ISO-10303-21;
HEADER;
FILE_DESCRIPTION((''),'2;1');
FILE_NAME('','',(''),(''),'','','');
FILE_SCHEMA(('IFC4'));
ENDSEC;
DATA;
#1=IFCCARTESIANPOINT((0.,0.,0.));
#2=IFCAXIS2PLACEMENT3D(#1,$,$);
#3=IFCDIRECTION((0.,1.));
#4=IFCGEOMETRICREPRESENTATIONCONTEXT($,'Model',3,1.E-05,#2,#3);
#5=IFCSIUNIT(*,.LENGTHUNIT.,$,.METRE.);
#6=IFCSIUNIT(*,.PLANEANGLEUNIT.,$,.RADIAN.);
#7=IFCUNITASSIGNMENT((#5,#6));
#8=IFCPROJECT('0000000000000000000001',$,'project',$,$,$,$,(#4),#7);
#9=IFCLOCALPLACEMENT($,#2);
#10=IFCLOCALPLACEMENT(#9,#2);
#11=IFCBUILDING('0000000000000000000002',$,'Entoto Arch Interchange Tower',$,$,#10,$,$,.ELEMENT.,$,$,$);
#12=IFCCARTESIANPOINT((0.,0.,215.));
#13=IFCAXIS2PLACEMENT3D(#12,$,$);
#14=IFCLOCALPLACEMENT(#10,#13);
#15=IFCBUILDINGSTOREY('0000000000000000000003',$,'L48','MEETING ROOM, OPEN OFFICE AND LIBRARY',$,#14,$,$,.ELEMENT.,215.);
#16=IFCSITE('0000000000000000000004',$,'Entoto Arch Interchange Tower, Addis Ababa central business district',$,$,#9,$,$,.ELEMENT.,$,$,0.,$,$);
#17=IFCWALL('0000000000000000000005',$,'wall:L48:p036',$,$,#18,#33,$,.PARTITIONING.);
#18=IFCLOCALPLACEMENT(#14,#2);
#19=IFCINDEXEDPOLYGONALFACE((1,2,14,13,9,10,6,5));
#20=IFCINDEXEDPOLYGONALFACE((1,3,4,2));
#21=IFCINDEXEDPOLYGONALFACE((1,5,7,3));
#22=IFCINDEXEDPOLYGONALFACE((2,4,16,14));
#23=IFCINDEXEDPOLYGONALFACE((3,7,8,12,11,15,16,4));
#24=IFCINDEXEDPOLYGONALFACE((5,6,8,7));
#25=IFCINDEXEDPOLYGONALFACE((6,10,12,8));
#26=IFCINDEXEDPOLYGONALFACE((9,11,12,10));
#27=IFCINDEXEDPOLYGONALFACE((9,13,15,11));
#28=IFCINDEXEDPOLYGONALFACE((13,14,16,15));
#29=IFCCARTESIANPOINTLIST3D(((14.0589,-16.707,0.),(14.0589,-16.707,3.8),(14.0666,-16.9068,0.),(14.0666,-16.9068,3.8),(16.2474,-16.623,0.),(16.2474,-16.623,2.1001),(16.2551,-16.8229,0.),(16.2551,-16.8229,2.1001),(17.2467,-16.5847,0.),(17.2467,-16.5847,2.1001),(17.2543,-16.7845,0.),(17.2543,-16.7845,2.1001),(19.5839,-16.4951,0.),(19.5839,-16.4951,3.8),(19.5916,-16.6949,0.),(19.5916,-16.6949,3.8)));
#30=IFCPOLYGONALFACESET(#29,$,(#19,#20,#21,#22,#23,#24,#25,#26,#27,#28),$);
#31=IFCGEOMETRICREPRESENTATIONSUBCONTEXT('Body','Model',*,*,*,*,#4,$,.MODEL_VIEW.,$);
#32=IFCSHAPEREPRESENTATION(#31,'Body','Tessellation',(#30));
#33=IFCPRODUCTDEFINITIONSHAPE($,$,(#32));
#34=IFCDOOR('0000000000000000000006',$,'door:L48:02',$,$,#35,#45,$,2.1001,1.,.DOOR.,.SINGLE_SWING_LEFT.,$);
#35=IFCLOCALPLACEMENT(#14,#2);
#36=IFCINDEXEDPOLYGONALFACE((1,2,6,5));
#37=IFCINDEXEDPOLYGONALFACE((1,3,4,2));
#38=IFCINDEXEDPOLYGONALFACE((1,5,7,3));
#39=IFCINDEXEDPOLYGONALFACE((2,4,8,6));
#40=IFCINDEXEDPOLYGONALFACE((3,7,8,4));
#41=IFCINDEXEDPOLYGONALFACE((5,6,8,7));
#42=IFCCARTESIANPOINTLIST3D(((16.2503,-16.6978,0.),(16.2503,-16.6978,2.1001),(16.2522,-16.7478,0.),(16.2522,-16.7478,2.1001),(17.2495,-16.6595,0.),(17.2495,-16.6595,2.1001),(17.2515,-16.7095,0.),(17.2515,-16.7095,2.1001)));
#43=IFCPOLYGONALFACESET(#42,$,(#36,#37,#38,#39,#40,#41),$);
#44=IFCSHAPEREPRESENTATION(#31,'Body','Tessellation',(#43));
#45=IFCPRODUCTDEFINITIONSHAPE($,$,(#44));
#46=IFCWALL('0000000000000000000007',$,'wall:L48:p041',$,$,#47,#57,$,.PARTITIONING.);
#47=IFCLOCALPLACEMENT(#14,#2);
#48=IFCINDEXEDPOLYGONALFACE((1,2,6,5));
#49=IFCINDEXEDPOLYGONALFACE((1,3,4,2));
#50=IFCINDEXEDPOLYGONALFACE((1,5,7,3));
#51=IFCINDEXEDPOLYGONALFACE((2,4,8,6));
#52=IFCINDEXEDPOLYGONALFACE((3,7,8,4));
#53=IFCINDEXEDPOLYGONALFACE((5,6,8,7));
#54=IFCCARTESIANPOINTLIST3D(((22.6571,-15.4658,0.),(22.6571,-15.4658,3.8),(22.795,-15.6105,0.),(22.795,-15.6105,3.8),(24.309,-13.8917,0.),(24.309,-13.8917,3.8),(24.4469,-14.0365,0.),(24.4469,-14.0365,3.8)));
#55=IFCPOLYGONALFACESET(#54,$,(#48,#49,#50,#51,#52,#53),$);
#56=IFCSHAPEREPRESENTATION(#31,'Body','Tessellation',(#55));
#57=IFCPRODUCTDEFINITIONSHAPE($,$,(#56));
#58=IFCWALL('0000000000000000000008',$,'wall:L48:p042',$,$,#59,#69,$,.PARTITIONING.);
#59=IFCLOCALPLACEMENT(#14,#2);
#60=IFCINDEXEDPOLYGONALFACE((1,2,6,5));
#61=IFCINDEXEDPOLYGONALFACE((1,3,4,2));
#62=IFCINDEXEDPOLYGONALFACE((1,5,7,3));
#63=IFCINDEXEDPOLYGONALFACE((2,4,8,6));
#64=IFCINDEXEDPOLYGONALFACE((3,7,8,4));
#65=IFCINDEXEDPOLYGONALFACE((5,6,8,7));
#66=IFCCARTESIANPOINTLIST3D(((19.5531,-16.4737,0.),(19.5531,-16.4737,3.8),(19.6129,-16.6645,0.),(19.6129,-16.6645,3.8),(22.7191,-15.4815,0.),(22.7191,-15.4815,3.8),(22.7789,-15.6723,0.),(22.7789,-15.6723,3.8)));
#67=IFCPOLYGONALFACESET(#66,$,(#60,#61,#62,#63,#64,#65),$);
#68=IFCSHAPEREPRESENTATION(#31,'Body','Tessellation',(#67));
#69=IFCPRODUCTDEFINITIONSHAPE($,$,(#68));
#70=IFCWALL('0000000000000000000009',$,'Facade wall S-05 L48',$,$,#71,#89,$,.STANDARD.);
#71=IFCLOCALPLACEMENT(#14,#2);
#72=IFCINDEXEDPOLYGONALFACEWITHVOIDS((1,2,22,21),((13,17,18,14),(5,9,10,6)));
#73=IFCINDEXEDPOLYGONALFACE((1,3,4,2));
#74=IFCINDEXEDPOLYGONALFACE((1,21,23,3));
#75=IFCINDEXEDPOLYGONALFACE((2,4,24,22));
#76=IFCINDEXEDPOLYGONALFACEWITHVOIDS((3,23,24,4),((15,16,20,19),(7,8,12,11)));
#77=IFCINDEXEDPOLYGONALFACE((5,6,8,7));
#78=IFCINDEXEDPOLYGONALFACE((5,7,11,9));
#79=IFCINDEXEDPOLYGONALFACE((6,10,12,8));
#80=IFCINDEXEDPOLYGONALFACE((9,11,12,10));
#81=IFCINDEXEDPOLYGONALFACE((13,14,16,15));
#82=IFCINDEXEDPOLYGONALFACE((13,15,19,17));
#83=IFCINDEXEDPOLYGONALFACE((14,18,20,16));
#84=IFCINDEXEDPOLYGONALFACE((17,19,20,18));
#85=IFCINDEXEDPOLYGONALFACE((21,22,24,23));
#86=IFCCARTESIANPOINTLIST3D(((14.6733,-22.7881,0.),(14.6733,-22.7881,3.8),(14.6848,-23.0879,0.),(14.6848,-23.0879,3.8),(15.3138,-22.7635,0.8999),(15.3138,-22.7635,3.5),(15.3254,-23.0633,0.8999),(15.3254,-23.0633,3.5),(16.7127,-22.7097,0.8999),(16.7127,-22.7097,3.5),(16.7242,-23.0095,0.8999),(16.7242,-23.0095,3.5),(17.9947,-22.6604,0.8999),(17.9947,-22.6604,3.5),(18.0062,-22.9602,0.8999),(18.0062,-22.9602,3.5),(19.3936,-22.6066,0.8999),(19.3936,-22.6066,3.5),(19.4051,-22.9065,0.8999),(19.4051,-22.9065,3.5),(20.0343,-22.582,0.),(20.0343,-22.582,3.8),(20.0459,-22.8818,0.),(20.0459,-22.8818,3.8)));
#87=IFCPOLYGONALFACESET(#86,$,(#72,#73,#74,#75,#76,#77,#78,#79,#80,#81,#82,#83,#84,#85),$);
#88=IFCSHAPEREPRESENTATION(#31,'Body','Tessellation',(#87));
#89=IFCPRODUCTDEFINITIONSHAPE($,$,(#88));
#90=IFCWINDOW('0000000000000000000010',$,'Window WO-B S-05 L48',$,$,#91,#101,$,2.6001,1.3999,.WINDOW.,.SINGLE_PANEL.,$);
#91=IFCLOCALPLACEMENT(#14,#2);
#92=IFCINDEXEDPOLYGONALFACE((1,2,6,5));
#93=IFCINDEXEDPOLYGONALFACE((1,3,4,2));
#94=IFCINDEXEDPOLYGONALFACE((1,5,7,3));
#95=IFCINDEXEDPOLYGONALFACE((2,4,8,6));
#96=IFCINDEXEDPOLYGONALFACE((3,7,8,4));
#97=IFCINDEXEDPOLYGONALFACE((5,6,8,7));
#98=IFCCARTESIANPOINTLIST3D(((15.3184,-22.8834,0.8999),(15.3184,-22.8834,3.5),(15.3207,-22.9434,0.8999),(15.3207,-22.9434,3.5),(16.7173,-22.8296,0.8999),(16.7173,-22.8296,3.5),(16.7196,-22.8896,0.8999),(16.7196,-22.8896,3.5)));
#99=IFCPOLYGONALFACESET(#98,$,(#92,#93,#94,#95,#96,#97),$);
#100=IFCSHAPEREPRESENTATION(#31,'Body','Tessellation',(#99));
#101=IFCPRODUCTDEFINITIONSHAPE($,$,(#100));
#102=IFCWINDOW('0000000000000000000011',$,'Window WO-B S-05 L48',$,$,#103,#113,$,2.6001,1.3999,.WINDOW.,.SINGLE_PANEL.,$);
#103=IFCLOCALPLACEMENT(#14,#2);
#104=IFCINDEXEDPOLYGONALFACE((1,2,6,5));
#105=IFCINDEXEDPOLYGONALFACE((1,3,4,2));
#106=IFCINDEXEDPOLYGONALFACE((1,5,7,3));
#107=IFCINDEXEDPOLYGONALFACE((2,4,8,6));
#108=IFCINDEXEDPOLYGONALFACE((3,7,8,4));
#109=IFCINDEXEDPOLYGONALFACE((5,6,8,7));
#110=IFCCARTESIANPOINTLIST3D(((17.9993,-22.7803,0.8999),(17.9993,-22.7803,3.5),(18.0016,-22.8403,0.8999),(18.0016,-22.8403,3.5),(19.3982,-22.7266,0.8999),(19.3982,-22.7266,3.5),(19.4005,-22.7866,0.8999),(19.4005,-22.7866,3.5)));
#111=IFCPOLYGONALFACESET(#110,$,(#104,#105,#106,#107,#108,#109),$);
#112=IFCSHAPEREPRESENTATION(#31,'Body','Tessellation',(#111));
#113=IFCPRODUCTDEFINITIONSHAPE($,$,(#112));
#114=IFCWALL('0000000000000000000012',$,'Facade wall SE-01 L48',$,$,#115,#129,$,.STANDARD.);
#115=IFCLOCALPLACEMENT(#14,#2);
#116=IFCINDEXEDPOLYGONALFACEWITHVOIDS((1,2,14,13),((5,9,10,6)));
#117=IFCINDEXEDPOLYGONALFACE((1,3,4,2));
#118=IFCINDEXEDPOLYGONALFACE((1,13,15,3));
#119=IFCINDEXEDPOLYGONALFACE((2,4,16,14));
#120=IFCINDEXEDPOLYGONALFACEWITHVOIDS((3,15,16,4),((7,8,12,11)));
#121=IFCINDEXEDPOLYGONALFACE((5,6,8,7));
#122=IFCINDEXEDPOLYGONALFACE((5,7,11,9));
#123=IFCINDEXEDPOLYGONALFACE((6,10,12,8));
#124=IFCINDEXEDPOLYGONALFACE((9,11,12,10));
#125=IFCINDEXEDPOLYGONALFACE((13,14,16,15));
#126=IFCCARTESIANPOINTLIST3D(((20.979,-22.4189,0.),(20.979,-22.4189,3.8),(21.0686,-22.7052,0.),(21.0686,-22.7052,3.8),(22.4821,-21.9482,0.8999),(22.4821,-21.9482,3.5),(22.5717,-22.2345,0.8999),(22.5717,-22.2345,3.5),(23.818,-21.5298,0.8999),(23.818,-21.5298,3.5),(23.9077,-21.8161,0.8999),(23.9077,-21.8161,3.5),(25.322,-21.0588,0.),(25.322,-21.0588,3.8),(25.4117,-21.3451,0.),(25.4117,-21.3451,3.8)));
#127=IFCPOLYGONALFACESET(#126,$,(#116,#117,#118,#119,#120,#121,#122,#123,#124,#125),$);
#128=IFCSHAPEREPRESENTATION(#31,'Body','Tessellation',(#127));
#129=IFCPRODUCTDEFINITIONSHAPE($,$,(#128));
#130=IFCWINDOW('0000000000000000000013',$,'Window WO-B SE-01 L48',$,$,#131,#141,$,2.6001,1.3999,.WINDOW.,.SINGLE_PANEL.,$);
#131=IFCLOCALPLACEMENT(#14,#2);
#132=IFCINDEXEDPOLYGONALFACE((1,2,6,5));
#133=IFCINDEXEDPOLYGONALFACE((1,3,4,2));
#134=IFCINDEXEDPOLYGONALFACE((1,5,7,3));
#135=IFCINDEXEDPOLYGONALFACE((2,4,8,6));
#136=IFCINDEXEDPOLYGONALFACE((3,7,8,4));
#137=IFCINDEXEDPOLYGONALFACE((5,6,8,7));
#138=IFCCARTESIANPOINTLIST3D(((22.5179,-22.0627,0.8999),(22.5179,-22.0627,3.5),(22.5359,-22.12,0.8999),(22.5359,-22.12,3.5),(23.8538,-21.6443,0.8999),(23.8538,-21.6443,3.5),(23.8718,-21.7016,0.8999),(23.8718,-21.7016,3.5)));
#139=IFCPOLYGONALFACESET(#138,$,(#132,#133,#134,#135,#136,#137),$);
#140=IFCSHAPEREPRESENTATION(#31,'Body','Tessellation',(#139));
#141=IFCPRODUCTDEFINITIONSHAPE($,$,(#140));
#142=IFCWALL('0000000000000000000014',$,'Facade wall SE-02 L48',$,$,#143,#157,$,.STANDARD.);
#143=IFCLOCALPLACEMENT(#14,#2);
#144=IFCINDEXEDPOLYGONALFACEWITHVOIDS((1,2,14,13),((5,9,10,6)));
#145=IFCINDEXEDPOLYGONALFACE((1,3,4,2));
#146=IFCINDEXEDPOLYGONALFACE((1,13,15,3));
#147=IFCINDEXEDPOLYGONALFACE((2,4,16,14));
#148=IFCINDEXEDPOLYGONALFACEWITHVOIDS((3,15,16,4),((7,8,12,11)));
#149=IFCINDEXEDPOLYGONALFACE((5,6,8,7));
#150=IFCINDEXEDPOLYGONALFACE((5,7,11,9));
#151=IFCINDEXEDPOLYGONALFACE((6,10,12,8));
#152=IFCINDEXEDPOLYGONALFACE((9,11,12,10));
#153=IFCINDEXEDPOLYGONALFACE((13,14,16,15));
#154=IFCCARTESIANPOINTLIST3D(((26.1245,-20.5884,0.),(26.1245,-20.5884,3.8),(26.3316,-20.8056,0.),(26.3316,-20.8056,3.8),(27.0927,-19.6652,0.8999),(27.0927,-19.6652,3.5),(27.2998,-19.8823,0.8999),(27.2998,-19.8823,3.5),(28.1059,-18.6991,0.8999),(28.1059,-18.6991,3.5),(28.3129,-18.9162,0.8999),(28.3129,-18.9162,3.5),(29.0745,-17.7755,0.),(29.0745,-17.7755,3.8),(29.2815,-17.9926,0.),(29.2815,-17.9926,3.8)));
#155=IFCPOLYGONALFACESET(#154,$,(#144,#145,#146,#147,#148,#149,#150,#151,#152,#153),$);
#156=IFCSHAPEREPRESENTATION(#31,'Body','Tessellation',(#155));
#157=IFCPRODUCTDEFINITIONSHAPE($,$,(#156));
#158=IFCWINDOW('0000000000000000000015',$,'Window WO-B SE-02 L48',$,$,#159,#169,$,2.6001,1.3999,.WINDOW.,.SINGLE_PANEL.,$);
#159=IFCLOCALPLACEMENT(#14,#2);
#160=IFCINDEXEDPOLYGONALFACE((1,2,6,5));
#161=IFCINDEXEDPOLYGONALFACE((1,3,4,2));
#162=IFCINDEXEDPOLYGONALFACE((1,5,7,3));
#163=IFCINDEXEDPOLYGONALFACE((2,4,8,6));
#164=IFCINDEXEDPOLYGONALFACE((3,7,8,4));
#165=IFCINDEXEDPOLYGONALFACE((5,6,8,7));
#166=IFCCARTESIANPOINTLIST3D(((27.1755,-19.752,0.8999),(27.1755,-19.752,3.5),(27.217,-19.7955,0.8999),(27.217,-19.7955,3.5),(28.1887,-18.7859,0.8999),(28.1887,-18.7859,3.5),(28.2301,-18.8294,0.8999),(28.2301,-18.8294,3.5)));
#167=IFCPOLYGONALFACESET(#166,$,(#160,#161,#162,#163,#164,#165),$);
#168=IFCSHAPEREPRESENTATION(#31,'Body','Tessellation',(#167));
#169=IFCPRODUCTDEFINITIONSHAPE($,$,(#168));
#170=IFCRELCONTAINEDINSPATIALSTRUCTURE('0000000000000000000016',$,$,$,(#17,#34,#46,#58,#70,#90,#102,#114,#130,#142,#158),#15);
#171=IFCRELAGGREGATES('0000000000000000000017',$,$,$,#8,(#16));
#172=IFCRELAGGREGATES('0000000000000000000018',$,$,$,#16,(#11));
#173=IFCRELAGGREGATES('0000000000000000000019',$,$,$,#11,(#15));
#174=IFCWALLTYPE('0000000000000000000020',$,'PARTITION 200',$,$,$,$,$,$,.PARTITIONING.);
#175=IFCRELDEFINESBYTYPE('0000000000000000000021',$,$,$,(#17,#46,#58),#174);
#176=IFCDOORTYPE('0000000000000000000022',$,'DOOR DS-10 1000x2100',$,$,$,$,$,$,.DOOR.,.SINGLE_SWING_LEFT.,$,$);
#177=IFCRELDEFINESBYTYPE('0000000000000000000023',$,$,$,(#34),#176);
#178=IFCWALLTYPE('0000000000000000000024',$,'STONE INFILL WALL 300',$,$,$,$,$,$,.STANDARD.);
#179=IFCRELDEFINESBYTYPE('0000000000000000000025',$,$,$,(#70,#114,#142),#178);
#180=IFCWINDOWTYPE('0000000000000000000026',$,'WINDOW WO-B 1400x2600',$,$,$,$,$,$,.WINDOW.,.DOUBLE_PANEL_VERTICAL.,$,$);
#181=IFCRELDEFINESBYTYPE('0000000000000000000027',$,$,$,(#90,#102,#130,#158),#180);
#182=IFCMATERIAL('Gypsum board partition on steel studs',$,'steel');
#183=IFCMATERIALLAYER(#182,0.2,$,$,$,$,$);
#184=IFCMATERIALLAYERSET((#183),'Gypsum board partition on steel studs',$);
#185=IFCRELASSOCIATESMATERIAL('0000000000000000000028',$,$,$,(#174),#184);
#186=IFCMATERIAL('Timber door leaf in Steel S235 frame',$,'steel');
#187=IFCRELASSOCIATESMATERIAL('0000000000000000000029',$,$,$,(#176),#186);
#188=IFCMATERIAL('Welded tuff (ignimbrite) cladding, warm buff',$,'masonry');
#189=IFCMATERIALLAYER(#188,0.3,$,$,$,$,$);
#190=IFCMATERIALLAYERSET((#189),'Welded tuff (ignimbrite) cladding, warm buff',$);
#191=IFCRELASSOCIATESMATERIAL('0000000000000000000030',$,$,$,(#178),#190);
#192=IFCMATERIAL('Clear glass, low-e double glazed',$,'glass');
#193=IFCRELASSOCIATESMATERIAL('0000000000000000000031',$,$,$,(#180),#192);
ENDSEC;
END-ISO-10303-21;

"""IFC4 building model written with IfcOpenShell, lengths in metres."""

from ifc_helpers import new_model, si_unit, direction, frame, frame_2d, origin, place, context, subcontext, project, spatial, rectangle, extrude, material, layer, layer_set, type_object, element, fill, save


model = new_model("IFC4")

# Units and contexts
model_context = context("Model", 3, precision=1e-05, world=origin(), true_north=direction((0.0, 1.0)))
body_context = subcontext(model_context, "Body", "Model", "MODEL_VIEW")
ifc_project = project(units=[si_unit("LENGTHUNIT", "METRE"), si_unit("PLANEANGLEUNIT", "RADIAN")], contexts=[model_context])

# Site, building, storey
site_placement = place(None, origin())
site = spatial("IfcSite", under=ifc_project, at=site_placement, Name="Entoto Arch Interchange Tower, Addis Ababa central business district", CompositionType="ELEMENT", RefElevation=0.0)
building_placement = place(site_placement, origin())
building = spatial("IfcBuilding", under=site, at=building_placement, Name="Entoto Arch Interchange Tower", CompositionType="ELEMENT")
storey_placement = place(building_placement, frame((0.0, 0.0, 215.0)))
storey = spatial("IfcBuildingStorey", under=building, at=storey_placement, Name="L48", Description="MEETING ROOM, OPEN OFFICE AND LIBRARY", CompositionType="ELEMENT", Elevation=215.0)

# Shared definitions
ifc_material_1 = material(Name="Gypsum board partition on steel studs", Category="steel")
ifc_layer_1 = layer(ifc_material_1, 0.2)
ifc_layer_set_1 = layer_set([ifc_layer_1], Name="Gypsum board partition on steel studs")
wall_type_1 = type_object("IfcWallType", Name="PARTITION 200", PredefinedType="PARTITIONING", material=ifc_layer_set_1)

# Wall, opening, door
ifc_material_2 = material(Name="Timber door leaf in Steel S235 frame", Category="steel")
door_type = type_object("IfcDoorType", Name="DOOR DS-10 1000x2100", OperationType="SINGLE_SWING_LEFT", PredefinedType="DOOR", material=ifc_material_2)
wall_1_placement = place(storey_placement, frame((19.5879, -16.595, 0.0), z_axis=(0.0, 0.0, 1.0), x_axis=(-0.999265, -0.038328, 0.0)))
wall_1 = element("IfcWall", 1, at=wall_1_placement, inside=storey, type_object=wall_type_1, Name="wall:L48:p036", PredefinedType="PARTITIONING", context=body_context, shape_type="SweptSolid", body=[
    extrude(rectangle(XDim=5.5291, YDim=0.2, at=frame_2d((2.7646, 0.0))), origin(), (0.0, 0.0, 1.0), 3.8),
])
opening_1_placement = place(wall_1_placement, frame((2.3391, 0.0, 0.0)))
opening_1 = element("IfcOpeningElement", 2, at=opening_1_placement, cuts=wall_1, PredefinedType="OPENING", context=body_context, shape_type="SweptSolid", body=[
    extrude(rectangle(XDim=1.0, YDim=2.1001, at=frame_2d((0.5, 1.05))), frame((0.0, 0.1099, 0.0), z_axis=(0.0, -1.0, 0.0), x_axis=(1.0, 0.0, 0.0)), (0.0, 0.0, 1.0), 0.22),
])
door_1_placement = place(opening_1_placement, origin())
door_1 = element("IfcDoor", 3, at=door_1_placement, inside=storey, type_object=door_type, Name="door:L48:02", OperationType="SINGLE_SWING_LEFT", OverallHeight=2.1001, OverallWidth=1.0, PredefinedType="DOOR", context=body_context, shape_type="SweptSolid", body=[
    extrude(rectangle(XDim=1.0, YDim=2.1001, at=frame_2d((0.5, 1.05))), frame((0.0, 0.0249, 0.0), z_axis=(0.0, -1.0, 0.0), x_axis=(1.0, 0.0, 0.0)), (0.0, 0.0, 1.0), 0.05),
])
fill(opening_1, door_1)

# Walls
wall_2_placement = place(storey_placement, frame((24.3779, -13.9641, 0.0), z_axis=(0.0, 0.0, 1.0), x_axis=(-0.723967, -0.689834, 0.0)))
element("IfcWall", 4, at=wall_2_placement, inside=storey, type_object=wall_type_1, Name="wall:L48:p041", PredefinedType="PARTITIONING", context=body_context, shape_type="SweptSolid", body=[
    extrude(rectangle(XDim=2.2817, YDim=0.2, at=frame_2d((1.1409, 0.0))), origin(), (0.0, 0.0, 1.0), 3.8),
])
wall_3_placement = place(storey_placement, frame((22.749, -15.5769, 0.0), z_axis=(0.0, 0.0, 1.0), x_axis=(-0.954239, -0.299046, 0.0)))
element("IfcWall", 5, at=wall_3_placement, inside=storey, type_object=wall_type_1, Name="wall:L48:p042", PredefinedType="PARTITIONING", context=body_context, shape_type="SweptSolid", body=[
    extrude(rectangle(XDim=3.3179, YDim=0.2, at=frame_2d((1.6589, 0.0))), origin(), (0.0, 0.0, 1.0), 3.8),
])

# Wall, openings, windows
ifc_material_3 = material(Name="Welded tuff (ignimbrite) cladding, warm buff", Category="masonry")
ifc_layer_2 = layer(ifc_material_3, 0.3)
ifc_layer_set_2 = layer_set([ifc_layer_2], Name="Welded tuff (ignimbrite) cladding, warm buff")
wall_type_2 = type_object("IfcWallType", Name="STONE INFILL WALL 300", PredefinedType="STANDARD", material=ifc_layer_set_2)
wall_4_placement = place(storey_placement, frame((14.679, -22.938, 0.0), z_axis=(0.0, 0.0, 1.0), x_axis=(0.999262, 0.038407, 0.0)))
wall_4 = element("IfcWall", 6, at=wall_4_placement, inside=storey, type_object=wall_type_2, Name="Facade wall S-05 L48", PredefinedType="STANDARD", context=body_context, shape_type="SweptSolid", body=[
    extrude(rectangle(XDim=5.365, YDim=0.3, at=frame_2d((2.6826, 0.0))), origin(), (0.0, 0.0, 1.0), 3.8),
])
opening_2_placement = place(wall_4_placement, frame((0.6411, 0.0, 0.8999)))
opening_2 = element("IfcOpeningElement", 7, at=opening_2_placement, cuts=wall_4, PredefinedType="OPENING", context=body_context, shape_type="SweptSolid", body=[
    extrude(rectangle(XDim=1.3999, YDim=2.6001, at=frame_2d((0.7, 1.3))), frame((0.0, 0.1602, 0.0), z_axis=(0.0, -1.0, 0.0), x_axis=(1.0, 0.0, 0.0)), (0.0, 0.0, 1.0), 0.3201),
])
opening_3_placement = place(wall_4_placement, frame((3.324, 0.0, 0.8999)))
opening_3 = element("IfcOpeningElement", 8, at=opening_3_placement, cuts=wall_4, PredefinedType="OPENING", context=body_context, shape_type="SweptSolid", body=[
    extrude(rectangle(XDim=1.3999, YDim=2.6001, at=frame_2d((0.7, 1.3))), frame((0.0, 0.1602, 0.0), z_axis=(0.0, -1.0, 0.0), x_axis=(1.0, 0.0, 0.0)), (0.0, 0.0, 1.0), 0.3201),
])
ifc_material_4 = material(Name="Clear glass, low-e double glazed", Category="glass")
window_type = type_object("IfcWindowType", Name="WINDOW WO-B 1400x2600", PartitioningType="DOUBLE_PANEL_VERTICAL", PredefinedType="WINDOW", material=ifc_material_4)
window_1_placement = place(opening_2_placement, origin())
window_1 = element("IfcWindow", 9, at=window_1_placement, inside=storey, type_object=window_type, Name="Window WO-B S-05 L48", OverallHeight=2.6001, OverallWidth=1.3999, PartitioningType="SINGLE_PANEL", PredefinedType="WINDOW", context=body_context, shape_type="SweptSolid", body=[
    extrude(rectangle(XDim=1.3999, YDim=2.6001, at=frame_2d((0.7, 1.3))), frame((0.0, 0.03, 0.0), z_axis=(0.0, -1.0, 0.0), x_axis=(1.0, 0.0, 0.0)), (0.0, 0.0, 1.0), 0.0601),
])
fill(opening_2, window_1)
window_2_placement = place(opening_3_placement, origin())
window_2 = element("IfcWindow", 10, at=window_2_placement, inside=storey, type_object=window_type, Name="Window WO-B S-05 L48", OverallHeight=2.6001, OverallWidth=1.3999, PartitioningType="SINGLE_PANEL", PredefinedType="WINDOW", context=body_context, shape_type="SweptSolid", body=[
    extrude(rectangle(XDim=1.3999, YDim=2.6001, at=frame_2d((0.7, 1.3))), frame((0.0, 0.03, 0.0), z_axis=(0.0, -1.0, 0.0), x_axis=(1.0, 0.0, 0.0)), (0.0, 0.0, 1.0), 0.0601),
])
fill(opening_3, window_2)

# Walls, openings, windows
wall_5_placement = place(storey_placement, frame((21.0239, -22.562, 0.0), z_axis=(0.0, 0.0, 1.0), x_axis=(0.954297, 0.298858, 0.0)))
wall_5 = element("IfcWall", 11, at=wall_5_placement, inside=storey, type_object=wall_type_2, Name="Facade wall SE-01 L48", PredefinedType="STANDARD", context=body_context, shape_type="SweptSolid", body=[
    extrude(rectangle(XDim=4.551, YDim=0.3, at=frame_2d((2.2754, 0.0))), origin(), (0.0, 0.0, 1.0), 3.8),
])
opening_4_placement = place(wall_5_placement, frame((1.575, 0.0, 0.8999)))
opening_4 = element("IfcOpeningElement", 12, at=opening_4_placement, cuts=wall_5, PredefinedType="OPENING", context=body_context, shape_type="SweptSolid", body=[
    extrude(rectangle(XDim=1.3999, YDim=2.6001, at=frame_2d((0.7, 1.3))), frame((0.0, 0.1602, 0.0), z_axis=(0.0, -1.0, 0.0), x_axis=(1.0, 0.0, 0.0)), (0.0, 0.0, 1.0), 0.3201),
])
window_3_placement = place(opening_4_placement, origin())
window_3 = element("IfcWindow", 13, at=window_3_placement, inside=storey, type_object=window_type, Name="Window WO-B SE-01 L48", OverallHeight=2.6001, OverallWidth=1.3999, PartitioningType="SINGLE_PANEL", PredefinedType="WINDOW", context=body_context, shape_type="SweptSolid", body=[
    extrude(rectangle(XDim=1.3999, YDim=2.6001, at=frame_2d((0.7, 1.3))), frame((0.0, 0.03, 0.0), z_axis=(0.0, -1.0, 0.0), x_axis=(1.0, 0.0, 0.0)), (0.0, 0.0, 1.0), 0.0601),
])
fill(opening_4, window_3)
wall_6_placement = place(storey_placement, frame((26.228, -20.697, 0.0), z_axis=(0.0, 0.0, 1.0), x_axis=(0.723708, 0.690107, 0.0)))
wall_6 = element("IfcWall", 14, at=wall_6_placement, inside=storey, type_object=wall_type_2, Name="Facade wall SE-02 L48", PredefinedType="STANDARD", context=body_context, shape_type="SweptSolid", body=[
    extrude(rectangle(XDim=4.0762, YDim=0.3, at=frame_2d((2.0381, 0.0))), origin(), (0.0, 0.0, 1.0), 3.8),
])
opening_5_placement = place(wall_6_placement, frame((1.3379, 0.0, 0.8999)))
opening_5 = element("IfcOpeningElement", 15, at=opening_5_placement, cuts=wall_6, PredefinedType="OPENING", context=body_context, shape_type="SweptSolid", body=[
    extrude(rectangle(XDim=1.3999, YDim=2.6001, at=frame_2d((0.7, 1.3))), frame((0.0, 0.1602, 0.0), z_axis=(0.0, -1.0, 0.0), x_axis=(1.0, 0.0, 0.0)), (0.0, 0.0, 1.0), 0.3201),
])
window_4_placement = place(opening_5_placement, origin())
window_4 = element("IfcWindow", 16, at=window_4_placement, inside=storey, type_object=window_type, Name="Window WO-B SE-02 L48", OverallHeight=2.6001, OverallWidth=1.3999, PartitioningType="SINGLE_PANEL", PredefinedType="WINDOW", context=body_context, shape_type="SweptSolid", body=[
    extrude(rectangle(XDim=1.3999, YDim=2.6001, at=frame_2d((0.7, 1.3))), frame((0.0, 0.03, 0.0), z_axis=(0.0, -1.0, 0.0), x_axis=(1.0, 0.0, 0.0)), (0.0, 0.0, 1.0), 0.0601),
])
fill(opening_5, window_4)

save(model, "model.ifc")
